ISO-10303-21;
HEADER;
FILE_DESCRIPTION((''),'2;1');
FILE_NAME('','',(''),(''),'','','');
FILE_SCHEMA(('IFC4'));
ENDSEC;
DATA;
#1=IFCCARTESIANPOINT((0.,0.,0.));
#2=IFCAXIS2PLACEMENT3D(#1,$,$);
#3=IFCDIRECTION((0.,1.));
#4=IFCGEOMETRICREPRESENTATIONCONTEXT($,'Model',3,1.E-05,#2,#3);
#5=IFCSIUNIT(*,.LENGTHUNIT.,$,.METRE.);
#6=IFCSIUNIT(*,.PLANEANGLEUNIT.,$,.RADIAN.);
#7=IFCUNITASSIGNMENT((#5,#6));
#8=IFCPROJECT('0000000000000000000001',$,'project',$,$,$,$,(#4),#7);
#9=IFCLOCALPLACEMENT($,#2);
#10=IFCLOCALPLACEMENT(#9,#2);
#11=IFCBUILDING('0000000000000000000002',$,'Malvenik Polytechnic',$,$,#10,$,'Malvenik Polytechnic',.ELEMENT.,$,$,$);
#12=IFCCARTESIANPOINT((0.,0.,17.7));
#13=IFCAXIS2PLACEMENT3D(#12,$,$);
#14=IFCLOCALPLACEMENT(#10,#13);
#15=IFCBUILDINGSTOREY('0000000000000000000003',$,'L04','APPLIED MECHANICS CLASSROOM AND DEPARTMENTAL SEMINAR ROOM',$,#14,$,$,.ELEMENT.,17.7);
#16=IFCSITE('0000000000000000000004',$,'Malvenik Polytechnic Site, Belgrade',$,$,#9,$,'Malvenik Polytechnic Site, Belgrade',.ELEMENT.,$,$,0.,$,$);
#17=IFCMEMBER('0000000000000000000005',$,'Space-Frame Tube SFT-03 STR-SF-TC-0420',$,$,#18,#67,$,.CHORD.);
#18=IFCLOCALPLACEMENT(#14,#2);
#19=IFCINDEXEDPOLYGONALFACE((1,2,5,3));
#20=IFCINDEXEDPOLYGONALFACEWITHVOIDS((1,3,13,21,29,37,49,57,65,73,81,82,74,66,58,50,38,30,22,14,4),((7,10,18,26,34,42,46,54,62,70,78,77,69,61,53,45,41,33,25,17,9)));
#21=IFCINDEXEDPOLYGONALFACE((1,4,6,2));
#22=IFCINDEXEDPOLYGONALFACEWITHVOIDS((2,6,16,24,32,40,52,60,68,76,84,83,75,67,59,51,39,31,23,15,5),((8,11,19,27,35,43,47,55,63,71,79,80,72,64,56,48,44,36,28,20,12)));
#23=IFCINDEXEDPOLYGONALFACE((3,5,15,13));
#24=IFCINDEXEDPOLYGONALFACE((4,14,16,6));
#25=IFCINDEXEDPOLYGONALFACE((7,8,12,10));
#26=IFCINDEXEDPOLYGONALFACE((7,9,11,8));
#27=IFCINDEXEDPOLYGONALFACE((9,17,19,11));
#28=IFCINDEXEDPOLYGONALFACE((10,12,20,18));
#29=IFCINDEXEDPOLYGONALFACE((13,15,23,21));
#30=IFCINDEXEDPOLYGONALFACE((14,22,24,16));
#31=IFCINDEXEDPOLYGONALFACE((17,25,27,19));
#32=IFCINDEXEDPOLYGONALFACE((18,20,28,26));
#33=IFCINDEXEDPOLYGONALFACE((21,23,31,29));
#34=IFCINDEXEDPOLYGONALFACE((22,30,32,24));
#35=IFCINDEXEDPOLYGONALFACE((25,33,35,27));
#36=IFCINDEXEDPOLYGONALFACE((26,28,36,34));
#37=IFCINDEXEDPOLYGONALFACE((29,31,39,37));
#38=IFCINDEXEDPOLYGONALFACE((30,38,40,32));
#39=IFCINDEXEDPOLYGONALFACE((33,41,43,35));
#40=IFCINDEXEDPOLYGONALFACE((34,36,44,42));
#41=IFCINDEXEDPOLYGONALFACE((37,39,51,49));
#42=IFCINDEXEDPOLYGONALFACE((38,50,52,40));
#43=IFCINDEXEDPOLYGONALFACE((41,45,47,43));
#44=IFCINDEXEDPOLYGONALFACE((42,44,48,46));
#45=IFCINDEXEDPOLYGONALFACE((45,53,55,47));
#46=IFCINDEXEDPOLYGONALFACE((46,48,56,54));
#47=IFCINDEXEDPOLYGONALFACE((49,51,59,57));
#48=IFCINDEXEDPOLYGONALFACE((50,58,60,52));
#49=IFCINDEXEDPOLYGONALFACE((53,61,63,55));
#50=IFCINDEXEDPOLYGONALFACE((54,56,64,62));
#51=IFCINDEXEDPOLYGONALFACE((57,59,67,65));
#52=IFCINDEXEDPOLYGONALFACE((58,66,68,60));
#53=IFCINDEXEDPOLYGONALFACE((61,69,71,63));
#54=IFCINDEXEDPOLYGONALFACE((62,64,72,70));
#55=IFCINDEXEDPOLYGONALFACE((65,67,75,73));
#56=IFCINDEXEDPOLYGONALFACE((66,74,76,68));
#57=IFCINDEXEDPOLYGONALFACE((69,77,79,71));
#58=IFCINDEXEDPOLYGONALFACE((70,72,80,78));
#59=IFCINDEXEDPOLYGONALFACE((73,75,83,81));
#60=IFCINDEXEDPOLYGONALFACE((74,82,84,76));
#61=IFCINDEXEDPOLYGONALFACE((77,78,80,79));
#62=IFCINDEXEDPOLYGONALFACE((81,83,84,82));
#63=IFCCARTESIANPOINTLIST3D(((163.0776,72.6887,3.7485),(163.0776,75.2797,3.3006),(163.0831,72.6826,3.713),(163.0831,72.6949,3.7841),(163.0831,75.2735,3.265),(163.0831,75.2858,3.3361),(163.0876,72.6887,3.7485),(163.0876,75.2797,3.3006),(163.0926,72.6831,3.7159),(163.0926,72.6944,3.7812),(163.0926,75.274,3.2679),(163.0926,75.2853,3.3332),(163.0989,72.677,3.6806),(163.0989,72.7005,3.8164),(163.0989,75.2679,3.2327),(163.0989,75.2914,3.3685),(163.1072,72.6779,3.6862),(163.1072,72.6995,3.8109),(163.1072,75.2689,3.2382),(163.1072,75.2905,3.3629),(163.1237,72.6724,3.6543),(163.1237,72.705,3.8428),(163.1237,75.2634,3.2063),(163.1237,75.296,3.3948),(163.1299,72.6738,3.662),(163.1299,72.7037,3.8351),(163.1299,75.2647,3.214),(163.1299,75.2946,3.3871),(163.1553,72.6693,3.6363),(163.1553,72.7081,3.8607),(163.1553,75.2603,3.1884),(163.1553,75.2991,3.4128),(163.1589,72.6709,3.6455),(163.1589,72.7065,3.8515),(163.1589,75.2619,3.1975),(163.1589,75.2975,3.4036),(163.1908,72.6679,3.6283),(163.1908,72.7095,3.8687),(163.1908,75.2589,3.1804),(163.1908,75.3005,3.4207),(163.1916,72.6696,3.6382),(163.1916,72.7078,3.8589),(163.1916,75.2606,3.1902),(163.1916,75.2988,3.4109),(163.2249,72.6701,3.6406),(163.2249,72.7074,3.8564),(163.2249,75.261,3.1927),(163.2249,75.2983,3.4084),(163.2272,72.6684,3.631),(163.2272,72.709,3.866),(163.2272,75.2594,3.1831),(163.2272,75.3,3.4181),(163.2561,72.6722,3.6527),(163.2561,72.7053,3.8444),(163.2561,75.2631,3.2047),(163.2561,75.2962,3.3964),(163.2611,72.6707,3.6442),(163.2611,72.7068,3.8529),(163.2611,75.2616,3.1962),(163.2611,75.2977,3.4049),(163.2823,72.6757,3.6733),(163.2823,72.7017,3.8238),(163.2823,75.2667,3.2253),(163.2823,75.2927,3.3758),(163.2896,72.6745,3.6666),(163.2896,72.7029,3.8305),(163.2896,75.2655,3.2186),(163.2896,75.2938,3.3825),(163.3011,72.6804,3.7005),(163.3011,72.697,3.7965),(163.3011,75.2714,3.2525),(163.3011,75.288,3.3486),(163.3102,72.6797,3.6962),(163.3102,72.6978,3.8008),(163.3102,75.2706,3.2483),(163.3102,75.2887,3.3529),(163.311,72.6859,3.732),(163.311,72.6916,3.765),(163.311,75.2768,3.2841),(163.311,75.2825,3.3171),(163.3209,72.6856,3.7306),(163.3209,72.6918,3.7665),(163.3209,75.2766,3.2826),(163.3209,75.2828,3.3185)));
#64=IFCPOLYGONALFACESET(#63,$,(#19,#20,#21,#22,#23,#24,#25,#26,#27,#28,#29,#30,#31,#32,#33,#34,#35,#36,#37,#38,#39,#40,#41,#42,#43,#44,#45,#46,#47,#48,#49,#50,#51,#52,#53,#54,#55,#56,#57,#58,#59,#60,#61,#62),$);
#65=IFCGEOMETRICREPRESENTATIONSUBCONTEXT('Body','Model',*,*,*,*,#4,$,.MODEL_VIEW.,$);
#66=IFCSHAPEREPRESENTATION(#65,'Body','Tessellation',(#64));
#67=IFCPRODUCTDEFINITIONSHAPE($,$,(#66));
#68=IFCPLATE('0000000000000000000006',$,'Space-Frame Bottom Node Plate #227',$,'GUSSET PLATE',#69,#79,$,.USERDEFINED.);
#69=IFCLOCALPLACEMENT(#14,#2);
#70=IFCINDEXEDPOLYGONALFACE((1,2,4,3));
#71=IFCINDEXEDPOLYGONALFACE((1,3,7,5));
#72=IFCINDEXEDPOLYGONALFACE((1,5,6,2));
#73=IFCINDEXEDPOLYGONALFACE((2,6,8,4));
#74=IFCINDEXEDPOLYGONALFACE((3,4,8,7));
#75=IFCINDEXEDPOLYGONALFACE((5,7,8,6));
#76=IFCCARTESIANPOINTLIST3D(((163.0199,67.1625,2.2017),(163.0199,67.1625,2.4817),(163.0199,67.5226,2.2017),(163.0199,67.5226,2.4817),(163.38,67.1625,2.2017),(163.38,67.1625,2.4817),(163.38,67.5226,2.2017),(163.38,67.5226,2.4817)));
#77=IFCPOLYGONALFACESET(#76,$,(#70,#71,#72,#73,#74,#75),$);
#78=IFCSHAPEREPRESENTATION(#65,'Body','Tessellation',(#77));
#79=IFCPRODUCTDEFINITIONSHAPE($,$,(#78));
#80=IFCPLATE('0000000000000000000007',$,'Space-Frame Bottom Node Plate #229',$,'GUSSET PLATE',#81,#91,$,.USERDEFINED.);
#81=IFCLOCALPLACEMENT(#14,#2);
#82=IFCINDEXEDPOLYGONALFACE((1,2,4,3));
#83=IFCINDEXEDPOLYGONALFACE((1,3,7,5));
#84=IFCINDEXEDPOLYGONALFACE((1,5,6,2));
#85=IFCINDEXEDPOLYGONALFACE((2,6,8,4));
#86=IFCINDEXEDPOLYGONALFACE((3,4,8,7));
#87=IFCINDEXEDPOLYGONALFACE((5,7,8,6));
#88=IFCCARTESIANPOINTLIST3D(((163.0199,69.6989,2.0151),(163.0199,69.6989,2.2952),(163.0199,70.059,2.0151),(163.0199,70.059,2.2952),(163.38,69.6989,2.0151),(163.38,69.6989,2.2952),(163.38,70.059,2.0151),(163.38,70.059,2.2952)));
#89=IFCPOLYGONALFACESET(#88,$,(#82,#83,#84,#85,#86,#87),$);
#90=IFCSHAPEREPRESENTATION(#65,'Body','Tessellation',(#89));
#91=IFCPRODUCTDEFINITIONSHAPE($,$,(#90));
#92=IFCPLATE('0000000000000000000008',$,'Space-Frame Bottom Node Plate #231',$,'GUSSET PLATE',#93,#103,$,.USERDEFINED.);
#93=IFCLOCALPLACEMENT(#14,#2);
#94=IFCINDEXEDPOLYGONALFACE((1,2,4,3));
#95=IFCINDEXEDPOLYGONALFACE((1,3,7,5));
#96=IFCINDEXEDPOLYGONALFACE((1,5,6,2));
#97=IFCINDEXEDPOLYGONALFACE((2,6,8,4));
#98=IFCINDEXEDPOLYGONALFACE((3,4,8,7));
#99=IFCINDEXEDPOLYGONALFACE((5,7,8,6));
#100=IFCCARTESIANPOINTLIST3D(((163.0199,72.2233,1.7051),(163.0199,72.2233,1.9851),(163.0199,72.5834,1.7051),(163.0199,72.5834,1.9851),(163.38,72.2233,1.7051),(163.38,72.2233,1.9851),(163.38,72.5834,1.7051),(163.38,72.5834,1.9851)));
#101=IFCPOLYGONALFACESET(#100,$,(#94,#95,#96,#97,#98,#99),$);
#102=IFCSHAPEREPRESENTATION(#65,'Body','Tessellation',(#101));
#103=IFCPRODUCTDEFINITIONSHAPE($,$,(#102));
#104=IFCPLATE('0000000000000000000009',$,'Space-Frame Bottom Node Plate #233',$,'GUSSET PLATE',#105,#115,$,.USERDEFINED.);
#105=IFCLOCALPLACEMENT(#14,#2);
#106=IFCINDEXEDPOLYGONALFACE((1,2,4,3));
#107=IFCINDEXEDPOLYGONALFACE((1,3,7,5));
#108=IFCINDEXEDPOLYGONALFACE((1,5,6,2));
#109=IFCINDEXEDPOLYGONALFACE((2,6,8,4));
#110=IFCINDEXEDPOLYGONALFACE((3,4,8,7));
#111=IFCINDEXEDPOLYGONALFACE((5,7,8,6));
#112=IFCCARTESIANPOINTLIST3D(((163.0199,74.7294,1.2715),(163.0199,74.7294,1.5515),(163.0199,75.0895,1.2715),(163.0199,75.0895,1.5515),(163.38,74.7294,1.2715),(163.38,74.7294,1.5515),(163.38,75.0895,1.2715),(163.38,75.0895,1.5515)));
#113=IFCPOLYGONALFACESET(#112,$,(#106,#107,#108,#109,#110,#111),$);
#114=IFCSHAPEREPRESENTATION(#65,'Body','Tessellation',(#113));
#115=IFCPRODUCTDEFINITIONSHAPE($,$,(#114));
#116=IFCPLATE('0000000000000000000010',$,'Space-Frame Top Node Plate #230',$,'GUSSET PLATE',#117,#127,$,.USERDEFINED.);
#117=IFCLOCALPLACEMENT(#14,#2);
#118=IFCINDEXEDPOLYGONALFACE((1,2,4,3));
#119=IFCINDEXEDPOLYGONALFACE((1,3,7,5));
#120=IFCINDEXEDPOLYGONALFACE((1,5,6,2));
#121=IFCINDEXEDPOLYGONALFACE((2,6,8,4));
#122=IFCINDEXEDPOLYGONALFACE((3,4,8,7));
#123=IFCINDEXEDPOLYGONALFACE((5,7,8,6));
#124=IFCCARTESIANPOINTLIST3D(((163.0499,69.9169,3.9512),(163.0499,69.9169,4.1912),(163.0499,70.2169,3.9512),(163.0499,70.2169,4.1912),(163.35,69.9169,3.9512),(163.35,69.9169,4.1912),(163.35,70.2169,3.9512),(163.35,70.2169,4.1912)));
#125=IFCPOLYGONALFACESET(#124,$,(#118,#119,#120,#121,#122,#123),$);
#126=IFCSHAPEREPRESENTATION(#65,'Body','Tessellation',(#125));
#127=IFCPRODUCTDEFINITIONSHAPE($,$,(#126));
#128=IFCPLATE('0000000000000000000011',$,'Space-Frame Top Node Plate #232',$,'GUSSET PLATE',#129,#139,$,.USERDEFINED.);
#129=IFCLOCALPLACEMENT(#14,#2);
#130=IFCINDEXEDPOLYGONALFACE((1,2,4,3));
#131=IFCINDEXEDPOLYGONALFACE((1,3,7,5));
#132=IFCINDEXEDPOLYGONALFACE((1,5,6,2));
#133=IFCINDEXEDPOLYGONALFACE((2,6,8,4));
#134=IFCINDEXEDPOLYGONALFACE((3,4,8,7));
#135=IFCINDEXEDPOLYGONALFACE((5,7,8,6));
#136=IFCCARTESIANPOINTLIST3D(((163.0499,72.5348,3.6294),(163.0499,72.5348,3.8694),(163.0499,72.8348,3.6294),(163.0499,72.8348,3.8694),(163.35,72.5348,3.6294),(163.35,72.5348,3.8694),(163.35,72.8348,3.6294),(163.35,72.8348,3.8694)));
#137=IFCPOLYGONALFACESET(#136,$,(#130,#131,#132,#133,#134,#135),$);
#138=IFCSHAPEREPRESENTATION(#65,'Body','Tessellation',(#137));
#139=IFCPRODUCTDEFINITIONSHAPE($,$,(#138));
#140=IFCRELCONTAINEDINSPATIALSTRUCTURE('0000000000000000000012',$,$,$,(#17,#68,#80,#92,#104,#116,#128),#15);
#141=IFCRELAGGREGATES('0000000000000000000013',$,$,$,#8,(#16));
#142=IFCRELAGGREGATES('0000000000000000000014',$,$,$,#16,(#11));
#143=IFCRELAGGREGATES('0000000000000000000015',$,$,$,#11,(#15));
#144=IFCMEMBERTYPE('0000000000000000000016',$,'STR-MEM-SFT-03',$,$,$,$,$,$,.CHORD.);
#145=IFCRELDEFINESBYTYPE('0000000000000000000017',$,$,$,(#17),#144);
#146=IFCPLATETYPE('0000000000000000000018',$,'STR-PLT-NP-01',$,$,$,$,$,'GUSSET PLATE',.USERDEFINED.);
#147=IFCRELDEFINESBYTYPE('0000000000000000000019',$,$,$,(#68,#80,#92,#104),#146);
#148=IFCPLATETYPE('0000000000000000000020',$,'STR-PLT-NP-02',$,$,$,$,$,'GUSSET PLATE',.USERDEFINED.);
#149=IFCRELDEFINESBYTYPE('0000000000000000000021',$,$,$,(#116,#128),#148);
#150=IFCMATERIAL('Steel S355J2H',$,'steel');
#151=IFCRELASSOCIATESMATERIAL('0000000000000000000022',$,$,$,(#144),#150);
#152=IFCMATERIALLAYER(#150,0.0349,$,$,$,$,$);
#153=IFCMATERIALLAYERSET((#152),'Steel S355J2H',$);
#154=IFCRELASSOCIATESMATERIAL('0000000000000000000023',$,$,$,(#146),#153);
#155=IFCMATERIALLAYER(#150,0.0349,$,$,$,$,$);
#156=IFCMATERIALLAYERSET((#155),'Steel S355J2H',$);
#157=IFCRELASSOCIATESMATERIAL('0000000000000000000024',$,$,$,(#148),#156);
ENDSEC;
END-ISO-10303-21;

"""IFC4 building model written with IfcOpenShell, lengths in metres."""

from ifc_helpers import new_model, si_unit, direction, frame, origin, origin_2d, place, context, subcontext, project, spatial, rectangle, hollow_circle, extrude, material, layer, layer_set, material_profile, profile_set, type_object, element, save


model = new_model("IFC4")

# Units and contexts
model_context = context("Model", 3, precision=1e-05, world=origin(), true_north=direction((0.0, 1.0)))
body_context = subcontext(model_context, "Body", "Model", "MODEL_VIEW")
ifc_project = project(units=[si_unit("LENGTHUNIT", "METRE"), si_unit("PLANEANGLEUNIT", "RADIAN")], contexts=[model_context])

# Site, building, storey
site_placement = place(None, origin())
site = spatial("IfcSite", under=ifc_project, at=site_placement, Name="Malvenik Polytechnic Site, Belgrade", LongName="Malvenik Polytechnic Site, Belgrade", CompositionType="ELEMENT", RefElevation=0.0)
building_placement = place(site_placement, origin())
building = spatial("IfcBuilding", under=site, at=building_placement, Name="Malvenik Polytechnic", LongName="Malvenik Polytechnic", CompositionType="ELEMENT")
storey_placement = place(building_placement, frame((0.0, 0.0, 17.7)))
storey = spatial("IfcBuildingStorey", under=building, at=storey_placement, Name="L04", Description="APPLIED MECHANICS CLASSROOM AND DEPARTMENTAL SEMINAR ROOM", CompositionType="ELEMENT", Elevation=17.7)

# Member
ifc_material_1 = material(Name="Steel S355J2H", Category="steel")
ifc_material_profile_1 = material_profile(ifc_material_1, hollow_circle(Radius=0.1223, WallThickness=0.01, at=origin_2d()), Name="CHS 244.5x10.0")
ifc_profile_set_1 = profile_set([ifc_material_profile_1], Name="Steel S355J2H")
member_type_1 = type_object("IfcMemberType", Name="STR-MEM-SFT-03", PredefinedType="CHORD", material=ifc_profile_set_1)
for number, where, z_axis, x_axis, name in (
    (1, (163.2, 72.6887, 3.7485), (0.0, 0.98538, -0.170373), (-1.0, 0.0, 0.0), "Space-Frame Tube SFT-03 STR-SF-TC-0420"),
):
    element("IfcMember", number, at=place(storey_placement, frame(where, z_axis=z_axis, x_axis=x_axis)), inside=storey, type_object=member_type_1, Name=name, PredefinedType="CHORD", context=body_context, shape_type="SweptSolid", body=[
        extrude(hollow_circle(Radius=0.1223, WallThickness=0.01, at=origin_2d()), origin(), (0.0, 0.0, 1.0), 2.6294),
    ])

# Plates
ifc_layer_1 = layer(ifc_material_1, 0.0349)
ifc_layer_set_1 = layer_set([ifc_layer_1], Name="Steel S355J2H")
plate_type_1 = type_object("IfcPlateType", Name="STR-PLT-NP-01", ElementType="GUSSET PLATE", PredefinedType="USERDEFINED", material=ifc_layer_set_1)
for number, where, z_axis, x_axis, name in (
    (2, (163.2, 67.3425, 2.2017), (0.0, 0.0, 1.0), (1.0, 0.0, 0.0), "Space-Frame Bottom Node Plate #227"),
    (3, (163.2, 69.8789, 2.0151), (0.0, 0.0, 1.0), (1.0, 0.0, 0.0), "Space-Frame Bottom Node Plate #229"),
    (4, (163.2, 72.4033, 1.7051), (0.0, 0.0, 1.0), (1.0, 0.0, 0.0), "Space-Frame Bottom Node Plate #231"),
    (5, (163.2, 74.9094, 1.2715), (0.0, 0.0, 1.0), (1.0, 0.0, 0.0), "Space-Frame Bottom Node Plate #233"),
):
    element("IfcPlate", number, at=place(storey_placement, frame(where, z_axis=z_axis, x_axis=x_axis)), inside=storey, type_object=plate_type_1, Name=name, ObjectType="GUSSET PLATE", PredefinedType="USERDEFINED", context=body_context, shape_type="SweptSolid", body=[
        extrude(rectangle(XDim=0.3601, YDim=0.3601, at=origin_2d()), origin(), (0.0, 0.0, 1.0), 0.28),
    ])
ifc_layer_2 = layer(ifc_material_1, 0.0349)
ifc_layer_set_2 = layer_set([ifc_layer_2], Name="Steel S355J2H")
plate_type_2 = type_object("IfcPlateType", Name="STR-PLT-NP-02", ElementType="GUSSET PLATE", PredefinedType="USERDEFINED", material=ifc_layer_set_2)
for number, where, z_axis, x_axis, name in (
    (6, (163.2, 70.0669, 3.9512), (0.0, 0.0, 1.0), (1.0, 0.0, 0.0), "Space-Frame Top Node Plate #230"),
    (7, (163.2, 72.6848, 3.6294), (0.0, 0.0, 1.0), (1.0, 0.0, 0.0), "Space-Frame Top Node Plate #232"),
):
    element("IfcPlate", number, at=place(storey_placement, frame(where, z_axis=z_axis, x_axis=x_axis)), inside=storey, type_object=plate_type_2, Name=name, ObjectType="GUSSET PLATE", PredefinedType="USERDEFINED", context=body_context, shape_type="SweptSolid", body=[
        extrude(rectangle(XDim=0.3, YDim=0.3, at=origin_2d()), origin(), (0.0, 0.0, 1.0), 0.24),
    ])

save(model, "model.ifc")
